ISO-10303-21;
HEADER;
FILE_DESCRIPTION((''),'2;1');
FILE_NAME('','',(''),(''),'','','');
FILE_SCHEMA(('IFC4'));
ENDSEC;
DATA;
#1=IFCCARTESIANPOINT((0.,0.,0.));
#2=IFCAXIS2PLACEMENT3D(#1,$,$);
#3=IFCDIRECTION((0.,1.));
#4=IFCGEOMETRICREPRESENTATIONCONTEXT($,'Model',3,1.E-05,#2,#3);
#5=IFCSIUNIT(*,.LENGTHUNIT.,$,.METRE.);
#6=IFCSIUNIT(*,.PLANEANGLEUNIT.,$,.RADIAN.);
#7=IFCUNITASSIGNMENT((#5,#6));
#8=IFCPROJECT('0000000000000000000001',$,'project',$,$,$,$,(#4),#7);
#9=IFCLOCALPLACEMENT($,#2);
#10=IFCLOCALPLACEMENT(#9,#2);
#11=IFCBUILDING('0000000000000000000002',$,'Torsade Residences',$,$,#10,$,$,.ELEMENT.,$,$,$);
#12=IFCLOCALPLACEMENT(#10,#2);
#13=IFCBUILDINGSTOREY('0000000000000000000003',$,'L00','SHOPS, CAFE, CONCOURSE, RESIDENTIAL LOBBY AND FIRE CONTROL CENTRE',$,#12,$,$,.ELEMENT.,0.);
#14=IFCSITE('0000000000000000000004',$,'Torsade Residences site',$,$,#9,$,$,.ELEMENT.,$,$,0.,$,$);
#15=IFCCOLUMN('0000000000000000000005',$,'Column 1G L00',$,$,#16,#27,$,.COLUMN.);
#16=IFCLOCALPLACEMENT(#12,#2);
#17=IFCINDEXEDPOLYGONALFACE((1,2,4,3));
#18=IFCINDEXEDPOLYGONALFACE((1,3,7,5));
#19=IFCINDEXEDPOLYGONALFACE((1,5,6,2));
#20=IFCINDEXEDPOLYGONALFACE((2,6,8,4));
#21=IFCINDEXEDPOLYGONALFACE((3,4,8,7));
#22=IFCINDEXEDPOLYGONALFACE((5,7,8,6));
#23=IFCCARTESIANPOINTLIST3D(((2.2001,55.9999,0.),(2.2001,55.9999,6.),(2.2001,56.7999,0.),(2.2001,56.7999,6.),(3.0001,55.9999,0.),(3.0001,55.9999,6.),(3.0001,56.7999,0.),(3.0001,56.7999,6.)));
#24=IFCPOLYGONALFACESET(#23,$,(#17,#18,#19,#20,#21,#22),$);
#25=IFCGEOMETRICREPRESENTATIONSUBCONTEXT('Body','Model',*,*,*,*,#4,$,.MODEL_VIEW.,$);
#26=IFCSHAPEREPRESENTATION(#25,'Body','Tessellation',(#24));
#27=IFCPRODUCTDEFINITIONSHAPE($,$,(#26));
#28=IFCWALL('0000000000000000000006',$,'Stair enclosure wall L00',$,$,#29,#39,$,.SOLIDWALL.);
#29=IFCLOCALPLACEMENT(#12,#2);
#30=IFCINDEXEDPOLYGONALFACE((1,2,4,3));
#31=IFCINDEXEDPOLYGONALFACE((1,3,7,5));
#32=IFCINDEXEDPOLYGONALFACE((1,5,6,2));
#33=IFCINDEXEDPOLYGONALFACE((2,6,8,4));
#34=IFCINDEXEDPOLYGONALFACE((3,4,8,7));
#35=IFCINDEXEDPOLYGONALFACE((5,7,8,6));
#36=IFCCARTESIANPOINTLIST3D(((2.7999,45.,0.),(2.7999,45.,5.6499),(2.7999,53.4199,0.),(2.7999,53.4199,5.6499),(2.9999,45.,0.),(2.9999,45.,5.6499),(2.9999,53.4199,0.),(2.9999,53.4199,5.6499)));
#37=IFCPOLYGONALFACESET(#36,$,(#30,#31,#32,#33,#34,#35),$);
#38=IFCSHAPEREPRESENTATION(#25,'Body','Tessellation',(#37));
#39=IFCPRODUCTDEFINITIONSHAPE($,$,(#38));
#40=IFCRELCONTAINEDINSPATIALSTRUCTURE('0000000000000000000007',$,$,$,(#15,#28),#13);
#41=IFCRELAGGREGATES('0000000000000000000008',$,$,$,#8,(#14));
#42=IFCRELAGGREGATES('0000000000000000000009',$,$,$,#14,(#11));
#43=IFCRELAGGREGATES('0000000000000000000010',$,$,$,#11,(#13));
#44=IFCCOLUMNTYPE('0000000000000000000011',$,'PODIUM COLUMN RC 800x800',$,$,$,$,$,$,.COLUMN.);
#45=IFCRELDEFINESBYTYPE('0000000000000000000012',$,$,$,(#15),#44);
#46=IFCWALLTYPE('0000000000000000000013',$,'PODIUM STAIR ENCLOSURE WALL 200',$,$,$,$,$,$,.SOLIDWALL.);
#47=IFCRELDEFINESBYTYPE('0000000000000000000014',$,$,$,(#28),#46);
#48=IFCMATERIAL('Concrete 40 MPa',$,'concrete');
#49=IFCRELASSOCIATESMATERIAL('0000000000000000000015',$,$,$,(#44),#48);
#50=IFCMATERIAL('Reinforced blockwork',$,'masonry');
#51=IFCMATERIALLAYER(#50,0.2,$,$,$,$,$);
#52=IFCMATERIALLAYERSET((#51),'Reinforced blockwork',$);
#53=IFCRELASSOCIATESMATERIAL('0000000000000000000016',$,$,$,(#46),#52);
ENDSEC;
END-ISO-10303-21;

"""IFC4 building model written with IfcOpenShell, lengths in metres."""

from ifc_helpers import new_model, si_unit, direction, frame, frame_2d, origin, origin_2d, place, context, subcontext, project, spatial, rectangle, extrude, material, layer, layer_set, material_profile, profile_set, type_object, element, save


model = new_model("IFC4")

# Units and contexts
model_context = context("Model", 3, precision=1e-05, world=origin(), true_north=direction((0.0, 1.0)))
body_context = subcontext(model_context, "Body", "Model", "MODEL_VIEW")
ifc_project = project(units=[si_unit("LENGTHUNIT", "METRE"), si_unit("PLANEANGLEUNIT", "RADIAN")], contexts=[model_context])

# Site, building, storey
site_placement = place(None, origin())
site = spatial("IfcSite", under=ifc_project, at=site_placement, Name="Torsade Residences site", CompositionType="ELEMENT", RefElevation=0.0)
building_placement = place(site_placement, origin())
building = spatial("IfcBuilding", under=site, at=building_placement, Name="Torsade Residences", CompositionType="ELEMENT")
storey_placement = place(building_placement, origin())
storey = spatial("IfcBuildingStorey", under=building, at=storey_placement, Name="L00", Description="SHOPS, CAFE, CONCOURSE, RESIDENTIAL LOBBY AND FIRE CONTROL CENTRE", CompositionType="ELEMENT", Elevation=0.0)

# Column
ifc_material_1 = material(Name="Concrete 40 MPa", Category="concrete")
ifc_material_profile = material_profile(ifc_material_1, rectangle(XDim=0.8, YDim=0.8, at=origin_2d()), Name="RC 800x800")
ifc_profile_set = profile_set([ifc_material_profile], Name="Concrete 40 MPa")
column_type = type_object("IfcColumnType", Name="PODIUM COLUMN RC 800x800", PredefinedType="COLUMN", material=ifc_profile_set)
column_placement = place(storey_placement, frame((2.6001, 56.3999, 0.0), z_axis=(0.0, 0.0, 1.0), x_axis=(1.0, 0.0, 0.0)))
element("IfcColumn", 1, at=column_placement, inside=storey, type_object=column_type, Name="Column 1G L00", PredefinedType="COLUMN", context=body_context, shape_type="SweptSolid", body=[
    extrude(rectangle(XDim=0.8, YDim=0.8, at=origin_2d()), origin(), (0.0, 0.0, 1.0), 6.0),
])

# Wall
ifc_material_2 = material(Name="Reinforced blockwork", Category="masonry")
ifc_layer_1 = layer(ifc_material_2, 0.2)
ifc_layer_set_1 = layer_set([ifc_layer_1], Name="Reinforced blockwork")
wall_type_1 = type_object("IfcWallType", Name="PODIUM STAIR ENCLOSURE WALL 200", PredefinedType="SOLIDWALL", material=ifc_layer_set_1)
wall_1_placement = place(storey_placement, frame((2.8999, 53.4199, 0.0), z_axis=(0.0, 0.0, 1.0), x_axis=(0.0, -1.0, 0.0)))
element("IfcWall", 2, at=wall_1_placement, inside=storey, type_object=wall_type_1, Name="Stair enclosure wall L00", PredefinedType="SOLIDWALL", context=body_context, shape_type="SweptSolid", body=[
    extrude(rectangle(XDim=8.4199, YDim=0.2, at=frame_2d((4.21, 0.0))), origin(), (0.0, 0.0, 1.0), 5.6499),
])

save(model, "model.ifc")
